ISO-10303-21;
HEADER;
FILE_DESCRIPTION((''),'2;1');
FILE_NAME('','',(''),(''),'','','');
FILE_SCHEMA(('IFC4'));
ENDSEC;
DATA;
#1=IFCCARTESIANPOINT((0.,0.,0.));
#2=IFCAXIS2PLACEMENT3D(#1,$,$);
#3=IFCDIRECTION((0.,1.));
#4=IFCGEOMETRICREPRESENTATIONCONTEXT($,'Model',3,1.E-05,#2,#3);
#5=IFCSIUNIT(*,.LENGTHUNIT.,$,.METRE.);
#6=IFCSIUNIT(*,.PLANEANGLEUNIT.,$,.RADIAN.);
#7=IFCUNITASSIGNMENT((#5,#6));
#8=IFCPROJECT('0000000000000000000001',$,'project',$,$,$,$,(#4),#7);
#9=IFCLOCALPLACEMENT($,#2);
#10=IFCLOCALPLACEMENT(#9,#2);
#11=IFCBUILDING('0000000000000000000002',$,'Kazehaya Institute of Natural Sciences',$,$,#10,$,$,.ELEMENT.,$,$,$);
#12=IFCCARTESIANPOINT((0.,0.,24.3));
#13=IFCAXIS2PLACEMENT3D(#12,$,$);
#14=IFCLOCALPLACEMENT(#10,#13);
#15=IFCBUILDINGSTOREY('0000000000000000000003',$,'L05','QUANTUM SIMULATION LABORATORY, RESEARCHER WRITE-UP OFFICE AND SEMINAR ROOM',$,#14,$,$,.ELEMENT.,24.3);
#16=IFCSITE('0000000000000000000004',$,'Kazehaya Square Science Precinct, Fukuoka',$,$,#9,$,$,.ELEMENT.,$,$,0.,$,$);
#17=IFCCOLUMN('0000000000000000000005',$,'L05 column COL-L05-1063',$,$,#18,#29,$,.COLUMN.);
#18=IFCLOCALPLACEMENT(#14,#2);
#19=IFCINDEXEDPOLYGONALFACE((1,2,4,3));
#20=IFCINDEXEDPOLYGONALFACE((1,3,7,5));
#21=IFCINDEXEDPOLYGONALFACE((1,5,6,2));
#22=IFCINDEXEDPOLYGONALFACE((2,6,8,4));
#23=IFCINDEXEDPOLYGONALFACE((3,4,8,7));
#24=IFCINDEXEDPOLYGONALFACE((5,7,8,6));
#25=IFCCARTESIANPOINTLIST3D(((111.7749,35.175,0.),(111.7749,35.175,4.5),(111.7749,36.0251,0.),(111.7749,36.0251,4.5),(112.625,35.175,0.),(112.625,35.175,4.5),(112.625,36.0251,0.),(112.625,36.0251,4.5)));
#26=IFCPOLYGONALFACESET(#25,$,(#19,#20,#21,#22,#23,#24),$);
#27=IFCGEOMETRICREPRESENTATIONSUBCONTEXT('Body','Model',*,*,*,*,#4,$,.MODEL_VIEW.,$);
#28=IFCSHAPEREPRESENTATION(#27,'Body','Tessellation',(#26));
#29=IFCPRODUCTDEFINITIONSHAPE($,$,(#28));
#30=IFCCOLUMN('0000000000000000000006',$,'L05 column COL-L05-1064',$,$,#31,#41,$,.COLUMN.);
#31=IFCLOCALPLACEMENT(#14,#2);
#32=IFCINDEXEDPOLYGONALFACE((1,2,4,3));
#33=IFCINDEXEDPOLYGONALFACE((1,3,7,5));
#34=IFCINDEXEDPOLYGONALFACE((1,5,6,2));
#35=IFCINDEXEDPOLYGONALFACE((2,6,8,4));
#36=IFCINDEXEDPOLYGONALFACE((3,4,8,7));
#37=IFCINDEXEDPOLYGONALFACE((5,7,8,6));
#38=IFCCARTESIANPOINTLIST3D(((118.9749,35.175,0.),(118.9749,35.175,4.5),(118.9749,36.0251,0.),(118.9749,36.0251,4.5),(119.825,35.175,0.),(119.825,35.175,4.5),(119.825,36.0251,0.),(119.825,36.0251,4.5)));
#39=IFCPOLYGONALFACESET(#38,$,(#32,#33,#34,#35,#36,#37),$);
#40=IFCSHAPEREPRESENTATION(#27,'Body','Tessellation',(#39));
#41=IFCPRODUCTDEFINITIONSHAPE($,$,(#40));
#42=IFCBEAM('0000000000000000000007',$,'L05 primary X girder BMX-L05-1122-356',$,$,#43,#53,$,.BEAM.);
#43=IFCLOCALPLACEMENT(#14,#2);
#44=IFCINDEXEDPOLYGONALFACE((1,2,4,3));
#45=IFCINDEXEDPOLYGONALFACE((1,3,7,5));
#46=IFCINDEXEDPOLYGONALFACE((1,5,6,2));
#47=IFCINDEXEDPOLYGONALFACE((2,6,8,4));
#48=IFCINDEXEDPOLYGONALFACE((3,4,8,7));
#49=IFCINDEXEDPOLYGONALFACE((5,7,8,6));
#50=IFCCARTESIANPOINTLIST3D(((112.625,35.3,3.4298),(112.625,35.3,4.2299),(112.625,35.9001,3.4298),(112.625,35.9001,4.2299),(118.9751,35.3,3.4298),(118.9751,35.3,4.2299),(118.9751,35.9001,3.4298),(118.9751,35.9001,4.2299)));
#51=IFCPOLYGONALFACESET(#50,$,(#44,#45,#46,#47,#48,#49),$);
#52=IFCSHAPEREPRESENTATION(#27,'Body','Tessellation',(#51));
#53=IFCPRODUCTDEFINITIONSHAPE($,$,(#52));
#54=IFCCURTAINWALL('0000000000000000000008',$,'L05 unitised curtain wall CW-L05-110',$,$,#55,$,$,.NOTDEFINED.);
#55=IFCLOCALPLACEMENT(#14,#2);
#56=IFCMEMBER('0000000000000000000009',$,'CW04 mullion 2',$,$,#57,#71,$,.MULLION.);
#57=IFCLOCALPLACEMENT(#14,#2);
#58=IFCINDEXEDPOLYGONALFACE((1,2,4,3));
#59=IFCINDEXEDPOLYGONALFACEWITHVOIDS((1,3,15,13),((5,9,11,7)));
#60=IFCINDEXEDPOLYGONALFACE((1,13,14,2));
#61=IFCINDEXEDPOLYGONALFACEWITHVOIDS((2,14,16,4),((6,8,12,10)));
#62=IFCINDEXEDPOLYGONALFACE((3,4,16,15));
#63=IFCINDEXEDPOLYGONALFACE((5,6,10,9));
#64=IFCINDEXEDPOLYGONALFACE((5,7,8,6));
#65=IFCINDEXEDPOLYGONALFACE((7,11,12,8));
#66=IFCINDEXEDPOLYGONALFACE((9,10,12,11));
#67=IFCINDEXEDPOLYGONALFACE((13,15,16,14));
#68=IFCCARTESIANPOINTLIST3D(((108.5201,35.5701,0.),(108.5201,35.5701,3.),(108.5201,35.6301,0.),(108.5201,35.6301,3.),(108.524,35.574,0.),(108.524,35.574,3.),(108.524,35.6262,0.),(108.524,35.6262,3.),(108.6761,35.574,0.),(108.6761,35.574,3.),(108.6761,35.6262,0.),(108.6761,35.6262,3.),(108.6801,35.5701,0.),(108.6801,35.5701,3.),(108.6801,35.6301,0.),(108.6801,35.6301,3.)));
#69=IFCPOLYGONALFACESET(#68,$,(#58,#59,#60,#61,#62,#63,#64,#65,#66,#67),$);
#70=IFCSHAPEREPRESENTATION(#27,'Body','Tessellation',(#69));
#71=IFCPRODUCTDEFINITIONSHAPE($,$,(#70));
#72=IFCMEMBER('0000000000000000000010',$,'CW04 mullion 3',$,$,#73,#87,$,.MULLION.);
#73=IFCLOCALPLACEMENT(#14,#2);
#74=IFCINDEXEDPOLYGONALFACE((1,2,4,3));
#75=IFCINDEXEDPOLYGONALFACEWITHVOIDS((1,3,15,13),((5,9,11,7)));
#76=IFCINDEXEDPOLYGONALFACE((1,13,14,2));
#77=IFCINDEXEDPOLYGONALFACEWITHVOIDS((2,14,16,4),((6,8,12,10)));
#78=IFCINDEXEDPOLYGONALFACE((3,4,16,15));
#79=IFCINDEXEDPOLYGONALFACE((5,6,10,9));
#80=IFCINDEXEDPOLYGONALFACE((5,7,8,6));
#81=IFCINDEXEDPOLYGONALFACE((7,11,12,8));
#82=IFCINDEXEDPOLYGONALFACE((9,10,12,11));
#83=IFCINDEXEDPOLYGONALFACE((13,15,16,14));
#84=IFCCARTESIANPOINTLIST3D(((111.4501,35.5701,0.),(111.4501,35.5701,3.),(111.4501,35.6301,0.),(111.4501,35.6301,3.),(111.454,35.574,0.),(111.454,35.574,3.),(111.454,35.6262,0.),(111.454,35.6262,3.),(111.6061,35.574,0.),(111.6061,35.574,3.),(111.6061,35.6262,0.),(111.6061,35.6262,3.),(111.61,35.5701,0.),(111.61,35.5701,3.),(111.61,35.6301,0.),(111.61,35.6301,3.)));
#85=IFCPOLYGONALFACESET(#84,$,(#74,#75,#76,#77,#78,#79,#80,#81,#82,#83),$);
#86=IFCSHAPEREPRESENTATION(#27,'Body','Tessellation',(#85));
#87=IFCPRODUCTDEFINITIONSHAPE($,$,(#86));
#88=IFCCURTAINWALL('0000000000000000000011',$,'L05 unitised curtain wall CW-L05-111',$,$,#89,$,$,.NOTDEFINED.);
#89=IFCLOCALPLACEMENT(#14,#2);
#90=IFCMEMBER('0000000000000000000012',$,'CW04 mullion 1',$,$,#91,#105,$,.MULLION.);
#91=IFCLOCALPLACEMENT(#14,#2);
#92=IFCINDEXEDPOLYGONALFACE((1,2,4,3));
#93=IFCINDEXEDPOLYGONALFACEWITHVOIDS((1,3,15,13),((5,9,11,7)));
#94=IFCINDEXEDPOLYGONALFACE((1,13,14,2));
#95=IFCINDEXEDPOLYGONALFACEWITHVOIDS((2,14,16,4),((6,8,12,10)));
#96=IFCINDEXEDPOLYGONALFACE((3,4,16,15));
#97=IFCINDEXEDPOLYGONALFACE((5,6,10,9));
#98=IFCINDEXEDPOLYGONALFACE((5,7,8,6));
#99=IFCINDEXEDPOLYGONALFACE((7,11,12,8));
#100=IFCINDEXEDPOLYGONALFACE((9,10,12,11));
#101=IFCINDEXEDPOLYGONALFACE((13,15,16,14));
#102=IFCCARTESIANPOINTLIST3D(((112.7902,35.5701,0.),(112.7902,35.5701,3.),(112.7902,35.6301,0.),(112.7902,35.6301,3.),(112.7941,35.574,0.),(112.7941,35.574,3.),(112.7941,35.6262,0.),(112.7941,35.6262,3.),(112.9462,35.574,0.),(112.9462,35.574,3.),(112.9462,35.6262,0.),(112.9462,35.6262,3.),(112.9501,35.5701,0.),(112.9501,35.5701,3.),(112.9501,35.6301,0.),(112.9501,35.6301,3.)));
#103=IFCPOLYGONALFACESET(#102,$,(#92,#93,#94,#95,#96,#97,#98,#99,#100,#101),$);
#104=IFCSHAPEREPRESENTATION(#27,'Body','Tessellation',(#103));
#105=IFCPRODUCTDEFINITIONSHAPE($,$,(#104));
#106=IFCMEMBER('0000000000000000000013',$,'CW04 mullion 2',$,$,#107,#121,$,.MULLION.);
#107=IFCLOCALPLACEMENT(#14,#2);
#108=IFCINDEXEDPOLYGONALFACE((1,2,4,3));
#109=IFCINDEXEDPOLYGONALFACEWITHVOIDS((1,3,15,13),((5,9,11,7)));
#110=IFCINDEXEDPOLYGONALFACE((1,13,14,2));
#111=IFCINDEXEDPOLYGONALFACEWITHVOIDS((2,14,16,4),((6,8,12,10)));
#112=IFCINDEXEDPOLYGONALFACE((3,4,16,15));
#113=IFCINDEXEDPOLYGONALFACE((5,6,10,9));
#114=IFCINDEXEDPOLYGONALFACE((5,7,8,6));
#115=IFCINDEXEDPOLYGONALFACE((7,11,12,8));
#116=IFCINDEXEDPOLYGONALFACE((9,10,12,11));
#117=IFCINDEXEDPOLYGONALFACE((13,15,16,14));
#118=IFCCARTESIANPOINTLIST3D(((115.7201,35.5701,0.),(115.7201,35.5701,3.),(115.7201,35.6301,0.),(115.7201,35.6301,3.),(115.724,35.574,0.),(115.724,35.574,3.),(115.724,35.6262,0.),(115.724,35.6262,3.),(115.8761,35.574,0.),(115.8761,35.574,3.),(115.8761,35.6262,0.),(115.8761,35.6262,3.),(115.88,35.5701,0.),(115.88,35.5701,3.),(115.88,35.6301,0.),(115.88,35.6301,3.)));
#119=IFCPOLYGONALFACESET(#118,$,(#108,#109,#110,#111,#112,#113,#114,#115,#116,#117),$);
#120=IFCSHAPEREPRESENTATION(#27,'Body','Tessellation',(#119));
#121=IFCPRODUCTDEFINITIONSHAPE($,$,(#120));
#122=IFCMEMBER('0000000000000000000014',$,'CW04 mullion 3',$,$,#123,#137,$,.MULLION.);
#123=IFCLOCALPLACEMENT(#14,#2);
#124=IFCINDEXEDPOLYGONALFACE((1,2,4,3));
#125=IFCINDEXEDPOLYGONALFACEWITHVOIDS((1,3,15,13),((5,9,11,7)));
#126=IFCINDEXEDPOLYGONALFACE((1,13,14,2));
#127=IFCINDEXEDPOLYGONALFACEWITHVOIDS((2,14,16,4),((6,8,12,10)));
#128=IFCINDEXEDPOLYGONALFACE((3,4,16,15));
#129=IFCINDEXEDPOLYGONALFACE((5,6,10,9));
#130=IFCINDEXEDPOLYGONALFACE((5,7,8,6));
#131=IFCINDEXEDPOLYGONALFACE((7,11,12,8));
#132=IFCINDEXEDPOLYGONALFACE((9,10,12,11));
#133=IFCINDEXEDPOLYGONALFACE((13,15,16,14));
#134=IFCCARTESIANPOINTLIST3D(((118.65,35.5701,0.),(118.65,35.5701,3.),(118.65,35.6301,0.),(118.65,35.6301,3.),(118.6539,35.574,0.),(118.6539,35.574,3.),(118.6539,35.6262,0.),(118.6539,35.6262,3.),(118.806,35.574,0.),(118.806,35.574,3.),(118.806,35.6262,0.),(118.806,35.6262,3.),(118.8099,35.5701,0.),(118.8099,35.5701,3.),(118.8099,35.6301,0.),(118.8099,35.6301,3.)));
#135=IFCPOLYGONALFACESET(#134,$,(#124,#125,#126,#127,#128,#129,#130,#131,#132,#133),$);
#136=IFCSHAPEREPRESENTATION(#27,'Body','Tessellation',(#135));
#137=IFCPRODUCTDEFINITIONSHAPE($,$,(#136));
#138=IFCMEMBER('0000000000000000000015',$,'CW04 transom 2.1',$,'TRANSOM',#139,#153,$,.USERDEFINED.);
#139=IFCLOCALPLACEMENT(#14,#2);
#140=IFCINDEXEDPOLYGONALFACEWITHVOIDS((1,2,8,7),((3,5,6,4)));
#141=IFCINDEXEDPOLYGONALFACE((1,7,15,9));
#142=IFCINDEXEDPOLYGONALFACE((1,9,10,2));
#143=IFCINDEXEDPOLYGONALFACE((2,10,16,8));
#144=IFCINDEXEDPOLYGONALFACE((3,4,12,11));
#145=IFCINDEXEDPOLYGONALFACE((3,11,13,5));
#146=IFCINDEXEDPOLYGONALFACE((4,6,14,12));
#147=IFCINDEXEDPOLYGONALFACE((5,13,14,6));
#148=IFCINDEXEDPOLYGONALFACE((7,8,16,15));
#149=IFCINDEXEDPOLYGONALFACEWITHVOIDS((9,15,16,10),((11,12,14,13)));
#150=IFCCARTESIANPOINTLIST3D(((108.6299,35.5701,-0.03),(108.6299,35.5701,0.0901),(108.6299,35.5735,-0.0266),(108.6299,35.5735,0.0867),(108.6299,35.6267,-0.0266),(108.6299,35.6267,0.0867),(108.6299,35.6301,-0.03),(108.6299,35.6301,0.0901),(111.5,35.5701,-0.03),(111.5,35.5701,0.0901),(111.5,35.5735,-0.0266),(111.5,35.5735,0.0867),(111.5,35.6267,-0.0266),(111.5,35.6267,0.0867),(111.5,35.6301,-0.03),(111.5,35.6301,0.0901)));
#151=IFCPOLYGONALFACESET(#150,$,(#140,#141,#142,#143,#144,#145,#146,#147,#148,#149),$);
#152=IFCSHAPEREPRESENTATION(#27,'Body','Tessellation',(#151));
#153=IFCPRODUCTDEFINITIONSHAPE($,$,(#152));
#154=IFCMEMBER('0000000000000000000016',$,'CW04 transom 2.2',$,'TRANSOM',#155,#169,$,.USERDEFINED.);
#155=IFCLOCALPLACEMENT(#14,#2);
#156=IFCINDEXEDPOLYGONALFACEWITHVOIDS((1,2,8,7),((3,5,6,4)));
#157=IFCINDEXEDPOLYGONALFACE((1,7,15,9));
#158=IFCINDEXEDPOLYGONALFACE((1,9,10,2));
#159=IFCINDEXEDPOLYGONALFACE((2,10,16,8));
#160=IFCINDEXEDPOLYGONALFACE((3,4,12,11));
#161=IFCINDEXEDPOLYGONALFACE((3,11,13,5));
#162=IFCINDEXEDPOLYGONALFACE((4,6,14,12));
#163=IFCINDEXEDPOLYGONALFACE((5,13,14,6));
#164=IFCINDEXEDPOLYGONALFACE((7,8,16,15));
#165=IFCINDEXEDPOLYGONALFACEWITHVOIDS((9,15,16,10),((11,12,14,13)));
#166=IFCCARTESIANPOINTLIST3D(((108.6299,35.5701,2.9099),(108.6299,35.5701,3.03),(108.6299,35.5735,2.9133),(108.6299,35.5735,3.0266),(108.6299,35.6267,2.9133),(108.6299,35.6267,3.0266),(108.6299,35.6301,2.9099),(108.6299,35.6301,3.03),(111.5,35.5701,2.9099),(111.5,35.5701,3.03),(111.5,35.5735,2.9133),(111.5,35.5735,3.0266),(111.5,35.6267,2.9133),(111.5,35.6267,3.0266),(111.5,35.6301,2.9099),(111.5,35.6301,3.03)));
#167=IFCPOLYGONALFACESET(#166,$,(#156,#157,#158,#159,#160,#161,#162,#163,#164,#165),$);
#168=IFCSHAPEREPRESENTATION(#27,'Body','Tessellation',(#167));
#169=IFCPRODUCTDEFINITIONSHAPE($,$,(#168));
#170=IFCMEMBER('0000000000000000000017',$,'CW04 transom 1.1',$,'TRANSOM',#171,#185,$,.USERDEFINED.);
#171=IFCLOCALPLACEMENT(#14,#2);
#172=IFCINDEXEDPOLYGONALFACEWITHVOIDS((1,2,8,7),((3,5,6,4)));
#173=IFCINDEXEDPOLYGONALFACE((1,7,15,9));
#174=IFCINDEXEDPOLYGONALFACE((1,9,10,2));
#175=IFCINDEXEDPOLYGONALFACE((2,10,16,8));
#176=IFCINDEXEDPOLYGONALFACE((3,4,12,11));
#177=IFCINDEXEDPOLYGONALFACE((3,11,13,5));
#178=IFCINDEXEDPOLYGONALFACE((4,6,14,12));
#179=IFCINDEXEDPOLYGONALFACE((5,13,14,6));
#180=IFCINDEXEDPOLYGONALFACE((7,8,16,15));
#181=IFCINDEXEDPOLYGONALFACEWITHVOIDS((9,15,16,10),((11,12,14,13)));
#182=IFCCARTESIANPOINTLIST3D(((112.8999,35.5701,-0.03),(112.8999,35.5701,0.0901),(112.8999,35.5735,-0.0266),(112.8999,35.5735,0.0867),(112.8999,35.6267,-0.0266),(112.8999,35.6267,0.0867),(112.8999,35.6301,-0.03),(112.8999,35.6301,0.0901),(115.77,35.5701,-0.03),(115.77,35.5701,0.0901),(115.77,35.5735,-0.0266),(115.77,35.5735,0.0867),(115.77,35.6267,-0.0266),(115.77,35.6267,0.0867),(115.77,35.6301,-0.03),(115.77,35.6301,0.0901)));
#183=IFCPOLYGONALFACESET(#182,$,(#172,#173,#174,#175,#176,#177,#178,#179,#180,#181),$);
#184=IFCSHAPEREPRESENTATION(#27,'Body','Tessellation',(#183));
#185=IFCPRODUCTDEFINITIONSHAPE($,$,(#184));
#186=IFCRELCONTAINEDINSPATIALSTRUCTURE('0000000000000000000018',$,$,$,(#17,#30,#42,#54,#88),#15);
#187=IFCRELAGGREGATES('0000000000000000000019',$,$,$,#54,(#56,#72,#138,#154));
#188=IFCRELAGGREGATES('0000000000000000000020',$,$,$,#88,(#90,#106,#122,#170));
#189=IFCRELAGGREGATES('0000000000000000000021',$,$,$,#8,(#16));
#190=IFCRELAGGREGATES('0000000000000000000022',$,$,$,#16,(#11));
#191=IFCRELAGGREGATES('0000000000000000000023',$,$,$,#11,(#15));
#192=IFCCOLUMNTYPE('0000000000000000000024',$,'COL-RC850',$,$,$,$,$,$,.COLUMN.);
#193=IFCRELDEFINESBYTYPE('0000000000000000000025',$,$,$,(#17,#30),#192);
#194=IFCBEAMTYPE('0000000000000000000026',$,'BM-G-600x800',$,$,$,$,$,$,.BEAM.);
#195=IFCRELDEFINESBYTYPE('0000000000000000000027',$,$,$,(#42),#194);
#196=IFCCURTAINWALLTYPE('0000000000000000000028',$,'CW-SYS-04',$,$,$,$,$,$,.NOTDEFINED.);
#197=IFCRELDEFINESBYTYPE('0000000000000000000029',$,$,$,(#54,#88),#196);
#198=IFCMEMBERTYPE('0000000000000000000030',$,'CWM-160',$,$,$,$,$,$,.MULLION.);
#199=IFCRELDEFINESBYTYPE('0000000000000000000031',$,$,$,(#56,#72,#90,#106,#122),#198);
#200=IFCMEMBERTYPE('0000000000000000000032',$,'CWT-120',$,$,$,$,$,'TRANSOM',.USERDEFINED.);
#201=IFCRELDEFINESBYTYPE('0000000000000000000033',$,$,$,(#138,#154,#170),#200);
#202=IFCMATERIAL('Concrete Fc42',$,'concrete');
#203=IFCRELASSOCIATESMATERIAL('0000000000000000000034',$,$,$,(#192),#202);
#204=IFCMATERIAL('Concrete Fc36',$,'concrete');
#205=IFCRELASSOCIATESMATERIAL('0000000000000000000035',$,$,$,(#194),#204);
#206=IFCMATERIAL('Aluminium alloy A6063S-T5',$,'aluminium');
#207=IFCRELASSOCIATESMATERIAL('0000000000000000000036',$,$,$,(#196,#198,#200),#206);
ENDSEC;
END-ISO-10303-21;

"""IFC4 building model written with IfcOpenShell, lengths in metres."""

from ifc_helpers import new_model, si_unit, direction, frame, origin, origin_2d, place, context, subcontext, project, spatial, rectangle, hollow_rectangle, extrude, material, material_profile, profile_set, type_object, element, aggregate, save


model = new_model("IFC4")

# Units and contexts
model_context = context("Model", 3, precision=1e-05, world=origin(), true_north=direction((0.0, 1.0)))
body_context = subcontext(model_context, "Body", "Model", "MODEL_VIEW")
ifc_project = project(units=[si_unit("LENGTHUNIT", "METRE"), si_unit("PLANEANGLEUNIT", "RADIAN")], contexts=[model_context])

# Site, building, storey
site_placement = place(None, origin())
site = spatial("IfcSite", under=ifc_project, at=site_placement, Name="Kazehaya Square Science Precinct, Fukuoka", CompositionType="ELEMENT", RefElevation=0.0)
building_placement = place(site_placement, origin())
building = spatial("IfcBuilding", under=site, at=building_placement, Name="Kazehaya Institute of Natural Sciences", CompositionType="ELEMENT")
storey_placement = place(building_placement, frame((0.0, 0.0, 24.3)))
storey = spatial("IfcBuildingStorey", under=building, at=storey_placement, Name="L05", Description="QUANTUM SIMULATION LABORATORY, RESEARCHER WRITE-UP OFFICE AND SEMINAR ROOM", CompositionType="ELEMENT", Elevation=24.3)

# Columns
ifc_material_1 = material(Name="Concrete Fc42", Category="concrete")
ifc_material_profile_1 = material_profile(ifc_material_1, rectangle(XDim=0.8501, YDim=0.8501, at=origin_2d()), Name="RC-850x850")
ifc_profile_set_1 = profile_set([ifc_material_profile_1], Name="Concrete Fc42")
column_type = type_object("IfcColumnType", Name="COL-RC850", PredefinedType="COLUMN", material=ifc_profile_set_1)
for number, where, z_axis, x_axis, name in (
    (1, (112.2, 35.6001, 0.0), (0.0, 0.0, 1.0), (1.0, 0.0, 0.0), "L05 column COL-L05-1063"),
    (2, (119.3999, 35.6001, 0.0), (0.0, 0.0, 1.0), (1.0, 0.0, 0.0), "L05 column COL-L05-1064"),
):
    element("IfcColumn", number, at=place(storey_placement, frame(where, z_axis=z_axis, x_axis=x_axis)), inside=storey, type_object=column_type, Name=name, PredefinedType="COLUMN", context=body_context, shape_type="SweptSolid", body=[
        extrude(rectangle(XDim=0.8501, YDim=0.8501, at=origin_2d()), origin(), (0.0, 0.0, 1.0), 4.5),
    ])

# Beam
ifc_material_2 = material(Name="Concrete Fc36", Category="concrete")
ifc_material_profile_2 = material_profile(ifc_material_2, rectangle(XDim=0.6001, YDim=0.8, at=origin_2d()), Name="RC-600x800")
ifc_profile_set_2 = profile_set([ifc_material_profile_2], Name="Concrete Fc36")
beam_type = type_object("IfcBeamType", Name="BM-G-600x800", PredefinedType="BEAM", material=ifc_profile_set_2)
beam_placement = place(storey_placement, frame((112.625, 35.6001, 3.8298), z_axis=(1.0, 0.0, 0.0), x_axis=(0.0, 1.0, 0.0)))
element("IfcBeam", 3, at=beam_placement, inside=storey, type_object=beam_type, Name="L05 primary X girder BMX-L05-1122-356", PredefinedType="BEAM", context=body_context, shape_type="SweptSolid", body=[
    extrude(rectangle(XDim=0.6001, YDim=0.8, at=origin_2d()), origin(), (0.0, 0.0, 1.0), 6.3501),
])

# Curtain walls, members
ifc_material_3 = material(Name="Aluminium alloy A6063S-T5", Category="aluminium")
curtain_wall_type = type_object("IfcCurtainWallType", Name="CW-SYS-04", PredefinedType="NOTDEFINED", material=ifc_material_3)
curtain_wall_1_placement = place(storey_placement, origin())
curtain_wall_1 = element("IfcCurtainWall", 4, at=curtain_wall_1_placement, inside=storey, type_object=curtain_wall_type, Name="L05 unitised curtain wall CW-L05-110", PredefinedType="NOTDEFINED")
ifc_material_profile_3 = material_profile(ifc_material_3, hollow_rectangle(XDim=0.0601, YDim=0.1599, WallThickness=0.0039, at=origin_2d()), Name="ALU-60x160x4")
ifc_profile_set_3 = profile_set([ifc_material_profile_3], Name="Aluminium alloy A6063S-T5")
member_type_1 = type_object("IfcMemberType", Name="CWM-160", PredefinedType="MULLION", material=ifc_profile_set_3)
member_1_placement = place(storey_placement, frame((108.6001, 35.6001, 0.0), z_axis=(0.0, 0.0, 1.0), x_axis=(0.0, 1.0, 0.0)))
member_1 = element("IfcMember", 5, at=member_1_placement, type_object=member_type_1, Name="CW04 mullion 2", PredefinedType="MULLION", context=body_context, shape_type="SweptSolid", body=[
    extrude(hollow_rectangle(XDim=0.0601, YDim=0.1599, WallThickness=0.0039, at=origin_2d()), origin(), (0.0, 0.0, 1.0), 3.0),
])
member_2_placement = place(storey_placement, frame((111.53, 35.6001, 0.0), z_axis=(0.0, 0.0, 1.0), x_axis=(0.0, 1.0, 0.0)))
member_2 = element("IfcMember", 6, at=member_2_placement, type_object=member_type_1, Name="CW04 mullion 3", PredefinedType="MULLION", context=body_context, shape_type="SweptSolid", body=[
    extrude(hollow_rectangle(XDim=0.0601, YDim=0.1599, WallThickness=0.0039, at=origin_2d()), origin(), (0.0, 0.0, 1.0), 3.0),
])
curtain_wall_2_placement = place(storey_placement, origin())
curtain_wall_2 = element("IfcCurtainWall", 7, at=curtain_wall_2_placement, inside=storey, type_object=curtain_wall_type, Name="L05 unitised curtain wall CW-L05-111", PredefinedType="NOTDEFINED")
member_3_placement = place(storey_placement, frame((112.8701, 35.6001, 0.0), z_axis=(0.0, 0.0, 1.0), x_axis=(0.0, 1.0, 0.0)))
member_3 = element("IfcMember", 8, at=member_3_placement, type_object=member_type_1, Name="CW04 mullion 1", PredefinedType="MULLION", context=body_context, shape_type="SweptSolid", body=[
    extrude(hollow_rectangle(XDim=0.0601, YDim=0.1599, WallThickness=0.0039, at=origin_2d()), origin(), (0.0, 0.0, 1.0), 3.0),
])
member_4_placement = place(storey_placement, frame((115.8, 35.6001, 0.0), z_axis=(0.0, 0.0, 1.0), x_axis=(0.0, 1.0, 0.0)))
member_4 = element("IfcMember", 9, at=member_4_placement, type_object=member_type_1, Name="CW04 mullion 2", PredefinedType="MULLION", context=body_context, shape_type="SweptSolid", body=[
    extrude(hollow_rectangle(XDim=0.0601, YDim=0.1599, WallThickness=0.0039, at=origin_2d()), origin(), (0.0, 0.0, 1.0), 3.0),
])
member_5_placement = place(storey_placement, frame((118.73, 35.6001, 0.0), z_axis=(0.0, 0.0, 1.0), x_axis=(0.0, 1.0, 0.0)))
member_5 = element("IfcMember", 10, at=member_5_placement, type_object=member_type_1, Name="CW04 mullion 3", PredefinedType="MULLION", context=body_context, shape_type="SweptSolid", body=[
    extrude(hollow_rectangle(XDim=0.0601, YDim=0.1599, WallThickness=0.0039, at=origin_2d()), origin(), (0.0, 0.0, 1.0), 3.0),
])

# Members
ifc_material_profile_4 = material_profile(ifc_material_3, hollow_rectangle(XDim=0.0601, YDim=0.1201, WallThickness=0.0034, at=origin_2d()), Name="ALU-60x120x3.5")
ifc_profile_set_4 = profile_set([ifc_material_profile_4], Name="Aluminium alloy A6063S-T5")
member_type_2 = type_object("IfcMemberType", Name="CWT-120", ElementType="TRANSOM", PredefinedType="USERDEFINED", material=ifc_profile_set_4)
member_6_placement = place(storey_placement, frame((108.6299, 35.6001, 0.03), z_axis=(1.0, 0.0, 0.0), x_axis=(0.0, 1.0, 0.0)))
member_6 = element("IfcMember", 11, at=member_6_placement, type_object=member_type_2, Name="CW04 transom 2.1", ObjectType="TRANSOM", PredefinedType="USERDEFINED", context=body_context, shape_type="SweptSolid", body=[
    extrude(hollow_rectangle(XDim=0.0601, YDim=0.1201, WallThickness=0.0034, at=origin_2d()), origin(), (0.0, 0.0, 1.0), 2.8701),
])
member_7_placement = place(storey_placement, frame((108.6299, 35.6001, 2.97), z_axis=(1.0, 0.0, 0.0), x_axis=(0.0, 1.0, 0.0)))
member_7 = element("IfcMember", 12, at=member_7_placement, type_object=member_type_2, Name="CW04 transom 2.2", ObjectType="TRANSOM", PredefinedType="USERDEFINED", context=body_context, shape_type="SweptSolid", body=[
    extrude(hollow_rectangle(XDim=0.0601, YDim=0.1201, WallThickness=0.0034, at=origin_2d()), origin(), (0.0, 0.0, 1.0), 2.8701),
])
member_8_placement = place(storey_placement, frame((112.8999, 35.6001, 0.03), z_axis=(1.0, 0.0, 0.0), x_axis=(0.0, 1.0, 0.0)))
member_8 = element("IfcMember", 13, at=member_8_placement, type_object=member_type_2, Name="CW04 transom 1.1", ObjectType="TRANSOM", PredefinedType="USERDEFINED", context=body_context, shape_type="SweptSolid", body=[
    extrude(hollow_rectangle(XDim=0.0601, YDim=0.1201, WallThickness=0.0034, at=origin_2d()), origin(), (0.0, 0.0, 1.0), 2.8701),
])

aggregate(curtain_wall_1, [member_1, member_2, member_6, member_7])
aggregate(curtain_wall_2, [member_3, member_4, member_5, member_8])

save(model, "model.ifc")
